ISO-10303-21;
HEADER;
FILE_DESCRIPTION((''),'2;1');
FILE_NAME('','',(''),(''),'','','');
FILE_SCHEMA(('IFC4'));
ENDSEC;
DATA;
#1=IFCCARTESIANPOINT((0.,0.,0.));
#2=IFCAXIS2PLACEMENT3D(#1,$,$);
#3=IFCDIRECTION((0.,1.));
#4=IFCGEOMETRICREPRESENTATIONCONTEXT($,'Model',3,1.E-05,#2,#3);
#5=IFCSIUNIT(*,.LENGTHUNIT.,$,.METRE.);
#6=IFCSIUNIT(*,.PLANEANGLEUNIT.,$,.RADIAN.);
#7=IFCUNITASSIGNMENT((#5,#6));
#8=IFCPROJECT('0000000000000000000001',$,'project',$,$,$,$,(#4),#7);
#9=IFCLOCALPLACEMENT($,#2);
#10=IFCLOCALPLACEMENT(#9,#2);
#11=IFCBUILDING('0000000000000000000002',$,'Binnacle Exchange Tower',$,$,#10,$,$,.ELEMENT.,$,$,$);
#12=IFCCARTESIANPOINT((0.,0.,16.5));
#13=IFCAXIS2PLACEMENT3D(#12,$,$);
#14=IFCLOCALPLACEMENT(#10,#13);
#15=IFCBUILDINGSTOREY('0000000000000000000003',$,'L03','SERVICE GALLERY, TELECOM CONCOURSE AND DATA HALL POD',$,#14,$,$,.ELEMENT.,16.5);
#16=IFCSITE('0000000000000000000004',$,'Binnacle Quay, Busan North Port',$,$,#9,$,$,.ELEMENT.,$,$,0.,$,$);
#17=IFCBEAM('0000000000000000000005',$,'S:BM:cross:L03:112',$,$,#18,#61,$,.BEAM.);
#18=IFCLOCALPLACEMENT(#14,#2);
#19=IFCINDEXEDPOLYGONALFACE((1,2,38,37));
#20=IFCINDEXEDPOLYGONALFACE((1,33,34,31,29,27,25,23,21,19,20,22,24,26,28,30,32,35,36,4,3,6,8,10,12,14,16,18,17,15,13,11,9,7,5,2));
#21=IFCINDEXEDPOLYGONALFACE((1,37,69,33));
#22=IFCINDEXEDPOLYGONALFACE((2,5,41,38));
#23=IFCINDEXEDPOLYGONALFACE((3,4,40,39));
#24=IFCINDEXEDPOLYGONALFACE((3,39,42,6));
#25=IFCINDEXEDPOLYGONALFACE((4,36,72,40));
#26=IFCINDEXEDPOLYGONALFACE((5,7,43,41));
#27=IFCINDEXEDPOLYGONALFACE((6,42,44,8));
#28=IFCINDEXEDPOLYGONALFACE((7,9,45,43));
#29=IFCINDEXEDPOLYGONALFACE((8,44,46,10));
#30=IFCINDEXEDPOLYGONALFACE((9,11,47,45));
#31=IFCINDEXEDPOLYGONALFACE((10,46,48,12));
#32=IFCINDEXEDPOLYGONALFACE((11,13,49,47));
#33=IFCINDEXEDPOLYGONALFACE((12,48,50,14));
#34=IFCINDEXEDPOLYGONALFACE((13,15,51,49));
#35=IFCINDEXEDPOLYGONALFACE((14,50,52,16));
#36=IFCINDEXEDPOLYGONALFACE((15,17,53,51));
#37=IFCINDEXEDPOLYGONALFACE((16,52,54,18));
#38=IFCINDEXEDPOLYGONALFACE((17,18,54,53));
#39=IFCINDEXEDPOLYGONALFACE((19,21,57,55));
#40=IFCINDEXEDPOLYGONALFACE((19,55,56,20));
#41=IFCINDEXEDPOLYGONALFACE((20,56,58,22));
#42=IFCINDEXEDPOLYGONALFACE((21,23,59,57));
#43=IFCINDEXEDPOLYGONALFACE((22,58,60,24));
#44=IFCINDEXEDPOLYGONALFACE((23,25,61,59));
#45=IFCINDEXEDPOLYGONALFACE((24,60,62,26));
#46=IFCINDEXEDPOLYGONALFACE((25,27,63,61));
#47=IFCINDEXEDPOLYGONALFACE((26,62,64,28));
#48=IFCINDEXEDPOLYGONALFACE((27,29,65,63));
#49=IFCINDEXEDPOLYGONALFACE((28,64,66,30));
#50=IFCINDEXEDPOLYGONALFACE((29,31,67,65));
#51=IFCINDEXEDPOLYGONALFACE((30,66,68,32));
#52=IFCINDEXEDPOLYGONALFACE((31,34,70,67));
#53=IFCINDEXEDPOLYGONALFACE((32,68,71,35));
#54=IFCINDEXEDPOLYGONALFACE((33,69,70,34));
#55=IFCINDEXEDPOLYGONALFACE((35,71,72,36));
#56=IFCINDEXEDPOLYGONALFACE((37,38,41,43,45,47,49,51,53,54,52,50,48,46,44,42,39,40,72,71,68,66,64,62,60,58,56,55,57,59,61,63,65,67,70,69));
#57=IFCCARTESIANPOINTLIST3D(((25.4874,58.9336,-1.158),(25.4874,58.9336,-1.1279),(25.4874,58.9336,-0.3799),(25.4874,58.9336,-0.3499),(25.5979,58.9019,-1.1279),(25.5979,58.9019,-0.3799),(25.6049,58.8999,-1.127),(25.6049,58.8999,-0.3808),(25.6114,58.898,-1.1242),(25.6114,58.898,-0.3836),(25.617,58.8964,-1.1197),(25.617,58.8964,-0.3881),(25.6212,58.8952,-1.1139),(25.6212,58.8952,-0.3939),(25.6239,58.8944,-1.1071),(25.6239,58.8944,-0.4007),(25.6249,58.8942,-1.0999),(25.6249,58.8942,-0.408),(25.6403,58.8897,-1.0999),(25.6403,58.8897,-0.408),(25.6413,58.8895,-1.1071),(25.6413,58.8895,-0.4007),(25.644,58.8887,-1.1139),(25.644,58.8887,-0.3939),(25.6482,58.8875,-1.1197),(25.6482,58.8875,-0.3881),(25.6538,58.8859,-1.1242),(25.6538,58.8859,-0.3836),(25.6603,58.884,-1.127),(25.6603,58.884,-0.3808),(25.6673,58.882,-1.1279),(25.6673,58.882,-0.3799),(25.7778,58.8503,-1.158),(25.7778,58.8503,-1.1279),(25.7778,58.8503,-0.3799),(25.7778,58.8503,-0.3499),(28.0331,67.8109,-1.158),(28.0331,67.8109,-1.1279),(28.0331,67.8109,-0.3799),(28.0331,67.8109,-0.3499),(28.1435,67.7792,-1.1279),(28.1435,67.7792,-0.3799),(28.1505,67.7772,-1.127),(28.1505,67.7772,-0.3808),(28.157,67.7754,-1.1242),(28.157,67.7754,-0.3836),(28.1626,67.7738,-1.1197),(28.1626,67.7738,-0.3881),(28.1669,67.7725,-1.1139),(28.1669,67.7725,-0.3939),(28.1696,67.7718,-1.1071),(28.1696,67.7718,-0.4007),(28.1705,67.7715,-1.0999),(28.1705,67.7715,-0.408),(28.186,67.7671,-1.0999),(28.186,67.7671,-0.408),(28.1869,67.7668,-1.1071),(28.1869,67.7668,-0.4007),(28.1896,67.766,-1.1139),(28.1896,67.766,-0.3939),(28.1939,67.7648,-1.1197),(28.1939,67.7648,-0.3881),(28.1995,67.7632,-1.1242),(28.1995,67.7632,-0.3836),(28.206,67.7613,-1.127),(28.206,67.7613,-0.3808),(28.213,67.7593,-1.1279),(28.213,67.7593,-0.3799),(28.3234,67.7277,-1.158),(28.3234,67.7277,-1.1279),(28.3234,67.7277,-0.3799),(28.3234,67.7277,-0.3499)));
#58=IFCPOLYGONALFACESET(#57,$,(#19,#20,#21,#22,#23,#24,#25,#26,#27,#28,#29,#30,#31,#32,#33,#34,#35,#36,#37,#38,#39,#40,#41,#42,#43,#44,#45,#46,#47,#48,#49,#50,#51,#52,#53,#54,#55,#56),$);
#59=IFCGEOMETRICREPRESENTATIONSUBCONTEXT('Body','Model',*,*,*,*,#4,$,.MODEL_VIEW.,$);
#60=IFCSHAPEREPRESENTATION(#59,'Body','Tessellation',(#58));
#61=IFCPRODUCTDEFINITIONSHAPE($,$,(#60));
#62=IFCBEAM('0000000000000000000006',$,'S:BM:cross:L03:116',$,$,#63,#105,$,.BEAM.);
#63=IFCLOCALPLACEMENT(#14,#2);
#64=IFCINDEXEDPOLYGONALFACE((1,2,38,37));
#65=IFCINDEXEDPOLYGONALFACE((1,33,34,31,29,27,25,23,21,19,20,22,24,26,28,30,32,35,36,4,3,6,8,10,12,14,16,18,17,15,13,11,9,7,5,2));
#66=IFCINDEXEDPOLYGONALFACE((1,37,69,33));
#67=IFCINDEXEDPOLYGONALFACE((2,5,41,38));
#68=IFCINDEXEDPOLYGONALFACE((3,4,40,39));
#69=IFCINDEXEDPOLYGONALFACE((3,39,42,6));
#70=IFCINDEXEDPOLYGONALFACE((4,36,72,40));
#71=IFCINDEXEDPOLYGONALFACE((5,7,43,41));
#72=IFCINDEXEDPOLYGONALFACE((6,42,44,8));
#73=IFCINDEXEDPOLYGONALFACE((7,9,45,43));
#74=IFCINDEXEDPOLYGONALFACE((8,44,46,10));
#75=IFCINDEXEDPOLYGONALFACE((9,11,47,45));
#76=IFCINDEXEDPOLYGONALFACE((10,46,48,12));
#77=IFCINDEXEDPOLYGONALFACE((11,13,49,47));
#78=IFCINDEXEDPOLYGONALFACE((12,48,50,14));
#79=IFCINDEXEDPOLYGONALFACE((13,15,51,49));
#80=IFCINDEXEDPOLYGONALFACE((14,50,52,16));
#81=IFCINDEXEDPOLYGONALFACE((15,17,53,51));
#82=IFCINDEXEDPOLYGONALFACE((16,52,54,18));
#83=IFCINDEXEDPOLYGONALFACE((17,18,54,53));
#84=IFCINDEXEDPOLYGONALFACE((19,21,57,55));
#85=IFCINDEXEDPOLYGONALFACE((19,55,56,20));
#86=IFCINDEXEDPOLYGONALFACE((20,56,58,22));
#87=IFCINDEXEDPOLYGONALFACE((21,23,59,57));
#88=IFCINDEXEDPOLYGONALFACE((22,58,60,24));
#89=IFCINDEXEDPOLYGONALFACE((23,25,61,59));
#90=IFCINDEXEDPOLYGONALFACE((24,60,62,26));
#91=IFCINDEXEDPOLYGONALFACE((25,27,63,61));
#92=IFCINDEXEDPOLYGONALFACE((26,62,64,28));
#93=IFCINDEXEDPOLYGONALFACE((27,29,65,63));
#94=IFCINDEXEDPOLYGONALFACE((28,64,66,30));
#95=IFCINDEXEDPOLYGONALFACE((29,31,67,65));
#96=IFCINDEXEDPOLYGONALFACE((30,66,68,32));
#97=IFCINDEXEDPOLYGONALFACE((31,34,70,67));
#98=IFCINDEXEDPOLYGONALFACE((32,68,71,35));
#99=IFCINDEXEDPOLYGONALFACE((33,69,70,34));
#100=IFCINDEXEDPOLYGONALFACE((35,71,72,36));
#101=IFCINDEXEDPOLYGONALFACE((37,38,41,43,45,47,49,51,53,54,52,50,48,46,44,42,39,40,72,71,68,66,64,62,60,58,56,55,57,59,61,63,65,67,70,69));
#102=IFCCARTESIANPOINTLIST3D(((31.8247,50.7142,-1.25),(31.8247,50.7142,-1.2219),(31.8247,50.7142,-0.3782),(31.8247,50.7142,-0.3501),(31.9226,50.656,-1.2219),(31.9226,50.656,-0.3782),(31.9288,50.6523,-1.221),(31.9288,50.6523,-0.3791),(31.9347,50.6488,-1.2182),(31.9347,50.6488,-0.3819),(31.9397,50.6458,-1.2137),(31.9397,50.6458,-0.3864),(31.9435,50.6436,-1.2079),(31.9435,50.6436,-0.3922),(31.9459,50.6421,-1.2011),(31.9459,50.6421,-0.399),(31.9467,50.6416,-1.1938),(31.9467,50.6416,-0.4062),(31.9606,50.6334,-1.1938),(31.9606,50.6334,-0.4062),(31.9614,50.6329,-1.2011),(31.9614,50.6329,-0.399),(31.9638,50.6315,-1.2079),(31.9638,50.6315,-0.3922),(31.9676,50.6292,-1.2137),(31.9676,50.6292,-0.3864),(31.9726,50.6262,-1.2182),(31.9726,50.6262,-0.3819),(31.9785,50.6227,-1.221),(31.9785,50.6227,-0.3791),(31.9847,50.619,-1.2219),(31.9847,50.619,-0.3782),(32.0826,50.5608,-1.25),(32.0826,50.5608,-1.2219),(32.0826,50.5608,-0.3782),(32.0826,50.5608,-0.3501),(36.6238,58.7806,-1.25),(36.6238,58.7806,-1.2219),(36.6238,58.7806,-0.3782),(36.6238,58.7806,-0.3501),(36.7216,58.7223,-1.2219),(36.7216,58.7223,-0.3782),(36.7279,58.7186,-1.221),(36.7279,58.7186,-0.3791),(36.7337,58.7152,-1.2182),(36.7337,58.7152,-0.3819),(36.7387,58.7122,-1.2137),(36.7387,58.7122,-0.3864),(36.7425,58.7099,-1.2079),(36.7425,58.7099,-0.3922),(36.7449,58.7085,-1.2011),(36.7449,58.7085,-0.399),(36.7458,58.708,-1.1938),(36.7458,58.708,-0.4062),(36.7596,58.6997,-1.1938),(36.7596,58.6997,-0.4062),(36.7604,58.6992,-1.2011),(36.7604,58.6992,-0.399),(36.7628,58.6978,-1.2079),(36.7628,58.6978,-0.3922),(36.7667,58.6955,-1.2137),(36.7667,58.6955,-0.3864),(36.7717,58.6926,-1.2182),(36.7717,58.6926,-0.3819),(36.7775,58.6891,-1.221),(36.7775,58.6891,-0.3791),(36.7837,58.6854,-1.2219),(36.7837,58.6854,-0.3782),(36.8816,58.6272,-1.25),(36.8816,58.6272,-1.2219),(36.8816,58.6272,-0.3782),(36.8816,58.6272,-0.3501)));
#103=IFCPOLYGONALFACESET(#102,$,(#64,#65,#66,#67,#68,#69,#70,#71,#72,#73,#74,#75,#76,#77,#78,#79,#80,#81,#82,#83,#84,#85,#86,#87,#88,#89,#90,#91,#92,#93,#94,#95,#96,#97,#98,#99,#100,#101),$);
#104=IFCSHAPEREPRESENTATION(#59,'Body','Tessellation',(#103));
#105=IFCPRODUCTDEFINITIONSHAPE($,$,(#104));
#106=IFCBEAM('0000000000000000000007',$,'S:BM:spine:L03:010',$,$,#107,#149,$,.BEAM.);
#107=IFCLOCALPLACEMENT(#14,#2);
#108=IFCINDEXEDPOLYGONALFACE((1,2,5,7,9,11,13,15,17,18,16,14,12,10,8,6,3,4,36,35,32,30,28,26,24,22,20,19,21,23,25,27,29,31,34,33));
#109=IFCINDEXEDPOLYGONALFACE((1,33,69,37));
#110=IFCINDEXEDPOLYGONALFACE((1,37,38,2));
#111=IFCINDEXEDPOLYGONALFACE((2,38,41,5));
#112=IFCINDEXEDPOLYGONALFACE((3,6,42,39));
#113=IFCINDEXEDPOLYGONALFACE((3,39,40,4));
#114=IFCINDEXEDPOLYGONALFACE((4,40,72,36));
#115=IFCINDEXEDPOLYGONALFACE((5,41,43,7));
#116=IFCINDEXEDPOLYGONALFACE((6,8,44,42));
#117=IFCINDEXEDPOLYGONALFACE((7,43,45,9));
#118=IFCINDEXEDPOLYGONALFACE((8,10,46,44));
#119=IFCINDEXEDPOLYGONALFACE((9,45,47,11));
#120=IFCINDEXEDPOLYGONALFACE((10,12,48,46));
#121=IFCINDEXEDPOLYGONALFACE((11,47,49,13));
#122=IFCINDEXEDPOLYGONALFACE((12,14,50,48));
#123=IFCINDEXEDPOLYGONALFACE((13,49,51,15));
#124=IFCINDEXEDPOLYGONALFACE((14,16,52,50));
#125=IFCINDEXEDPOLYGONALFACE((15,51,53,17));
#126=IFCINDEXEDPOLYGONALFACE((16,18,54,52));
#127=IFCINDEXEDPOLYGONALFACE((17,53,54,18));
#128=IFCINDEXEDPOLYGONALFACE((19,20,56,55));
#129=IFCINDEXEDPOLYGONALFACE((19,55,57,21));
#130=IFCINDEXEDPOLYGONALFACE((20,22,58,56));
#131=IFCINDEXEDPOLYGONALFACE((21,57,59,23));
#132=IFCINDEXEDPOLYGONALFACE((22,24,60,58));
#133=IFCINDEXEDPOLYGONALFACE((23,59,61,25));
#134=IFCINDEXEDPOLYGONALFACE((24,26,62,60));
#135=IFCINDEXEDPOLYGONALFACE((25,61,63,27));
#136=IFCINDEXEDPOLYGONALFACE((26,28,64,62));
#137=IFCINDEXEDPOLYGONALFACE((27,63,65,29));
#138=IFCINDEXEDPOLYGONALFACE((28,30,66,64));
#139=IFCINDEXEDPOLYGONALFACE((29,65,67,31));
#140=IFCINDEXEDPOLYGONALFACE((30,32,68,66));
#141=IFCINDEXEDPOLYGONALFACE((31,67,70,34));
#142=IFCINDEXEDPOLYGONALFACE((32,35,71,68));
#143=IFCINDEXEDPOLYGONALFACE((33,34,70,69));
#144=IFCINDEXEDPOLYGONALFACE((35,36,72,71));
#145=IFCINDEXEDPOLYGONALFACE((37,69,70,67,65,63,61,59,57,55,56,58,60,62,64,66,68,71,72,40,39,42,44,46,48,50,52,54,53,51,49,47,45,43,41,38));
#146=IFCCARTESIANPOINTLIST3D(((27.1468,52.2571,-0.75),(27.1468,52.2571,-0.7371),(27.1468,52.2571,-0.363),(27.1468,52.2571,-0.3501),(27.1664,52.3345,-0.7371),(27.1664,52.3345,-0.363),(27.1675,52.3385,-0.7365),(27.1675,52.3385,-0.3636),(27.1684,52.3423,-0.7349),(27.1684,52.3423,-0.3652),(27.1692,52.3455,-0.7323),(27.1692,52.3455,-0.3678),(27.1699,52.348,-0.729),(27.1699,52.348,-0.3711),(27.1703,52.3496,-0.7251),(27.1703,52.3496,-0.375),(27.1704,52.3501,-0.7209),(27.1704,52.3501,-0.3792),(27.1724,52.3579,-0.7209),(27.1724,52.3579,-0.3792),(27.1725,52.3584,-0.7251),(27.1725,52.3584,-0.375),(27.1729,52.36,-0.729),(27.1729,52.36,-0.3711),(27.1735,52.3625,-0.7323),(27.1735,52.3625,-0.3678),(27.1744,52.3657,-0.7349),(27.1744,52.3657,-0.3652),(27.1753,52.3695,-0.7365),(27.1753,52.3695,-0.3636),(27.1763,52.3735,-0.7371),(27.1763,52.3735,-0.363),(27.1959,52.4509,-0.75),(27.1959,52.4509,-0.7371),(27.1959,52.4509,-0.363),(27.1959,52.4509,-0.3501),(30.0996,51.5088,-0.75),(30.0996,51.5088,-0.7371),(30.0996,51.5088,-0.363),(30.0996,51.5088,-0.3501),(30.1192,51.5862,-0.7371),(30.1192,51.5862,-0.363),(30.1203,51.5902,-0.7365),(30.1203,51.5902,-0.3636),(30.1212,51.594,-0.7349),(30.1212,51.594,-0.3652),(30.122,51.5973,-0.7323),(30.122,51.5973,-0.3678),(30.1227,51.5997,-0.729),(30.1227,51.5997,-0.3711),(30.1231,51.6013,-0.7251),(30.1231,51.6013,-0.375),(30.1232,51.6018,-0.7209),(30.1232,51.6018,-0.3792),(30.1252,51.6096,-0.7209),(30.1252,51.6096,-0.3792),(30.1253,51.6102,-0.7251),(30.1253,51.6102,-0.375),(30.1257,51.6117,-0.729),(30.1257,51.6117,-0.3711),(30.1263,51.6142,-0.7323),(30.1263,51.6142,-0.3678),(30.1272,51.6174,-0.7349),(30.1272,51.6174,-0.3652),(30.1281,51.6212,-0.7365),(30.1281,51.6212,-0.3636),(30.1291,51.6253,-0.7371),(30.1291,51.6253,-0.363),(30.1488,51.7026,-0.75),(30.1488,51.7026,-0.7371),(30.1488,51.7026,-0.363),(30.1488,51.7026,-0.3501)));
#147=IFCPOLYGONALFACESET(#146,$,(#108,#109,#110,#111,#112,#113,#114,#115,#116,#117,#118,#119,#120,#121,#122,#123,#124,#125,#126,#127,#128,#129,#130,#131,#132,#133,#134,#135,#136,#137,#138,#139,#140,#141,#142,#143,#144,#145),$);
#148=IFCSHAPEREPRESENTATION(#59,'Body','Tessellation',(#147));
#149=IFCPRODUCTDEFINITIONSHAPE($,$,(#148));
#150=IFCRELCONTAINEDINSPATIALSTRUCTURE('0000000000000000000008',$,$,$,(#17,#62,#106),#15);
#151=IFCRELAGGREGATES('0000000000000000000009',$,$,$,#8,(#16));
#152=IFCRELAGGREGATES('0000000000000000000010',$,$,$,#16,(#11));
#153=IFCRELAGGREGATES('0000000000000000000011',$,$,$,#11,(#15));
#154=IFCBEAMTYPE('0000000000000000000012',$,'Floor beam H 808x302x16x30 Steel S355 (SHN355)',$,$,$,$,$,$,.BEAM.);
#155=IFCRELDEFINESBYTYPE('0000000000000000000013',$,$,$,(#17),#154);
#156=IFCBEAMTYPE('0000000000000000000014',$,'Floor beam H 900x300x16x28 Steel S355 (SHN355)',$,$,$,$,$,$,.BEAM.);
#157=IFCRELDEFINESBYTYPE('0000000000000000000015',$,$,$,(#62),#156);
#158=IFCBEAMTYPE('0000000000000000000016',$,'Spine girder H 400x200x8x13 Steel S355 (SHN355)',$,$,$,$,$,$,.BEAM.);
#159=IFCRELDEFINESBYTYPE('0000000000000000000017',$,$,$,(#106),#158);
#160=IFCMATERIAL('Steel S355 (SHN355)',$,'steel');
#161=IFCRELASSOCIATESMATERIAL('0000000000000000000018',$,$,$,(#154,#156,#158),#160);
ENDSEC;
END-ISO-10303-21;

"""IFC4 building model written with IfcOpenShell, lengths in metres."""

from ifc_helpers import new_model, si_unit, direction, frame, origin, origin_2d, place, context, subcontext, project, spatial, i_section, extrude, material, material_profile, profile_set, type_object, element, save


model = new_model("IFC4")

# Units and contexts
model_context = context("Model", 3, precision=1e-05, world=origin(), true_north=direction((0.0, 1.0)))
body_context = subcontext(model_context, "Body", "Model", "MODEL_VIEW")
ifc_project = project(units=[si_unit("LENGTHUNIT", "METRE"), si_unit("PLANEANGLEUNIT", "RADIAN")], contexts=[model_context])

# Site, building, storey
site_placement = place(None, origin())
site = spatial("IfcSite", under=ifc_project, at=site_placement, Name="Binnacle Quay, Busan North Port", CompositionType="ELEMENT", RefElevation=0.0)
building_placement = place(site_placement, origin())
building = spatial("IfcBuilding", under=site, at=building_placement, Name="Binnacle Exchange Tower", CompositionType="ELEMENT")
storey_placement = place(building_placement, frame((0.0, 0.0, 16.5)))
storey = spatial("IfcBuildingStorey", under=building, at=storey_placement, Name="L03", Description="SERVICE GALLERY, TELECOM CONCOURSE AND DATA HALL POD", CompositionType="ELEMENT", Elevation=16.5)

# Beams
ifc_material_1 = material(Name="Steel S355 (SHN355)", Category="steel")
ifc_material_profile_1 = material_profile(ifc_material_1, i_section(OverallWidth=0.302, OverallDepth=0.8081, WebThickness=0.0161, FlangeThickness=0.03, FilletRadius=0.0281, at=origin_2d()), Name="H 808x302x16x30")
ifc_profile_set_1 = profile_set([ifc_material_profile_1], Name="Steel S355 (SHN355)")
beam_type_1 = type_object("IfcBeamType", Name="Floor beam H 808x302x16x30 Steel S355 (SHN355)", PredefinedType="BEAM", material=ifc_profile_set_1)
beam_1_placement = place(storey_placement, frame((28.1782, 67.7693, -0.7539), z_axis=(-0.275646, -0.961259, 0.0), x_axis=(0.961259, -0.275646, 0.0)))
element("IfcBeam", 1, at=beam_1_placement, inside=storey, type_object=beam_type_1, Name="S:BM:cross:L03:112", PredefinedType="BEAM", context=body_context, shape_type="SweptSolid", body=[
    extrude(i_section(OverallWidth=0.302, OverallDepth=0.8081, WebThickness=0.0161, FlangeThickness=0.03, FilletRadius=0.0281, at=origin_2d()), origin(), (0.0, 0.0, 1.0), 9.2351),
])
ifc_material_profile_2 = material_profile(ifc_material_1, i_section(OverallWidth=0.3, OverallDepth=0.8999, WebThickness=0.0161, FlangeThickness=0.0281, FilletRadius=0.0281, at=origin_2d()), Name="H 900x300x16x28")
ifc_profile_set_2 = profile_set([ifc_material_profile_2], Name="Steel S355 (SHN355)")
beam_type_2 = type_object("IfcBeamType", Name="Floor beam H 900x300x16x28 Steel S355 (SHN355)", PredefinedType="BEAM", material=ifc_profile_set_2)
beam_2_placement = place(storey_placement, frame((36.7527, 58.7039, -0.8), z_axis=(-0.511298, -0.859403, 0.0), x_axis=(0.859403, -0.511298, 0.0)))
element("IfcBeam", 2, at=beam_2_placement, inside=storey, type_object=beam_type_2, Name="S:BM:cross:L03:116", PredefinedType="BEAM", context=body_context, shape_type="SweptSolid", body=[
    extrude(i_section(OverallWidth=0.3, OverallDepth=0.8999, WebThickness=0.0161, FlangeThickness=0.0281, FilletRadius=0.0281, at=origin_2d()), origin(), (0.0, 0.0, 1.0), 9.386),
])
ifc_material_profile_3 = material_profile(ifc_material_1, i_section(OverallWidth=0.2, OverallDepth=0.3999, WebThickness=0.0081, FlangeThickness=0.0129, FilletRadius=0.0161, at=origin_2d()), Name="H 400x200x8x13")
ifc_profile_set_3 = profile_set([ifc_material_profile_3], Name="Steel S355 (SHN355)")
beam_type_3 = type_object("IfcBeamType", Name="Spine girder H 400x200x8x13 Steel S355 (SHN355)", PredefinedType="BEAM", material=ifc_profile_set_3)
beam_3_placement = place(storey_placement, frame((27.1714, 52.354, -0.55), z_axis=(0.96936, -0.245646, 0.0), x_axis=(0.245646, 0.96936, 0.0)))
element("IfcBeam", 3, at=beam_3_placement, inside=storey, type_object=beam_type_3, Name="S:BM:spine:L03:010", PredefinedType="BEAM", context=body_context, shape_type="SweptSolid", body=[
    extrude(i_section(OverallWidth=0.2, OverallDepth=0.3999, WebThickness=0.0081, FlangeThickness=0.0129, FilletRadius=0.0161, at=origin_2d()), origin(), (0.0, 0.0, 1.0), 3.0461),
])

save(model, "model.ifc")
